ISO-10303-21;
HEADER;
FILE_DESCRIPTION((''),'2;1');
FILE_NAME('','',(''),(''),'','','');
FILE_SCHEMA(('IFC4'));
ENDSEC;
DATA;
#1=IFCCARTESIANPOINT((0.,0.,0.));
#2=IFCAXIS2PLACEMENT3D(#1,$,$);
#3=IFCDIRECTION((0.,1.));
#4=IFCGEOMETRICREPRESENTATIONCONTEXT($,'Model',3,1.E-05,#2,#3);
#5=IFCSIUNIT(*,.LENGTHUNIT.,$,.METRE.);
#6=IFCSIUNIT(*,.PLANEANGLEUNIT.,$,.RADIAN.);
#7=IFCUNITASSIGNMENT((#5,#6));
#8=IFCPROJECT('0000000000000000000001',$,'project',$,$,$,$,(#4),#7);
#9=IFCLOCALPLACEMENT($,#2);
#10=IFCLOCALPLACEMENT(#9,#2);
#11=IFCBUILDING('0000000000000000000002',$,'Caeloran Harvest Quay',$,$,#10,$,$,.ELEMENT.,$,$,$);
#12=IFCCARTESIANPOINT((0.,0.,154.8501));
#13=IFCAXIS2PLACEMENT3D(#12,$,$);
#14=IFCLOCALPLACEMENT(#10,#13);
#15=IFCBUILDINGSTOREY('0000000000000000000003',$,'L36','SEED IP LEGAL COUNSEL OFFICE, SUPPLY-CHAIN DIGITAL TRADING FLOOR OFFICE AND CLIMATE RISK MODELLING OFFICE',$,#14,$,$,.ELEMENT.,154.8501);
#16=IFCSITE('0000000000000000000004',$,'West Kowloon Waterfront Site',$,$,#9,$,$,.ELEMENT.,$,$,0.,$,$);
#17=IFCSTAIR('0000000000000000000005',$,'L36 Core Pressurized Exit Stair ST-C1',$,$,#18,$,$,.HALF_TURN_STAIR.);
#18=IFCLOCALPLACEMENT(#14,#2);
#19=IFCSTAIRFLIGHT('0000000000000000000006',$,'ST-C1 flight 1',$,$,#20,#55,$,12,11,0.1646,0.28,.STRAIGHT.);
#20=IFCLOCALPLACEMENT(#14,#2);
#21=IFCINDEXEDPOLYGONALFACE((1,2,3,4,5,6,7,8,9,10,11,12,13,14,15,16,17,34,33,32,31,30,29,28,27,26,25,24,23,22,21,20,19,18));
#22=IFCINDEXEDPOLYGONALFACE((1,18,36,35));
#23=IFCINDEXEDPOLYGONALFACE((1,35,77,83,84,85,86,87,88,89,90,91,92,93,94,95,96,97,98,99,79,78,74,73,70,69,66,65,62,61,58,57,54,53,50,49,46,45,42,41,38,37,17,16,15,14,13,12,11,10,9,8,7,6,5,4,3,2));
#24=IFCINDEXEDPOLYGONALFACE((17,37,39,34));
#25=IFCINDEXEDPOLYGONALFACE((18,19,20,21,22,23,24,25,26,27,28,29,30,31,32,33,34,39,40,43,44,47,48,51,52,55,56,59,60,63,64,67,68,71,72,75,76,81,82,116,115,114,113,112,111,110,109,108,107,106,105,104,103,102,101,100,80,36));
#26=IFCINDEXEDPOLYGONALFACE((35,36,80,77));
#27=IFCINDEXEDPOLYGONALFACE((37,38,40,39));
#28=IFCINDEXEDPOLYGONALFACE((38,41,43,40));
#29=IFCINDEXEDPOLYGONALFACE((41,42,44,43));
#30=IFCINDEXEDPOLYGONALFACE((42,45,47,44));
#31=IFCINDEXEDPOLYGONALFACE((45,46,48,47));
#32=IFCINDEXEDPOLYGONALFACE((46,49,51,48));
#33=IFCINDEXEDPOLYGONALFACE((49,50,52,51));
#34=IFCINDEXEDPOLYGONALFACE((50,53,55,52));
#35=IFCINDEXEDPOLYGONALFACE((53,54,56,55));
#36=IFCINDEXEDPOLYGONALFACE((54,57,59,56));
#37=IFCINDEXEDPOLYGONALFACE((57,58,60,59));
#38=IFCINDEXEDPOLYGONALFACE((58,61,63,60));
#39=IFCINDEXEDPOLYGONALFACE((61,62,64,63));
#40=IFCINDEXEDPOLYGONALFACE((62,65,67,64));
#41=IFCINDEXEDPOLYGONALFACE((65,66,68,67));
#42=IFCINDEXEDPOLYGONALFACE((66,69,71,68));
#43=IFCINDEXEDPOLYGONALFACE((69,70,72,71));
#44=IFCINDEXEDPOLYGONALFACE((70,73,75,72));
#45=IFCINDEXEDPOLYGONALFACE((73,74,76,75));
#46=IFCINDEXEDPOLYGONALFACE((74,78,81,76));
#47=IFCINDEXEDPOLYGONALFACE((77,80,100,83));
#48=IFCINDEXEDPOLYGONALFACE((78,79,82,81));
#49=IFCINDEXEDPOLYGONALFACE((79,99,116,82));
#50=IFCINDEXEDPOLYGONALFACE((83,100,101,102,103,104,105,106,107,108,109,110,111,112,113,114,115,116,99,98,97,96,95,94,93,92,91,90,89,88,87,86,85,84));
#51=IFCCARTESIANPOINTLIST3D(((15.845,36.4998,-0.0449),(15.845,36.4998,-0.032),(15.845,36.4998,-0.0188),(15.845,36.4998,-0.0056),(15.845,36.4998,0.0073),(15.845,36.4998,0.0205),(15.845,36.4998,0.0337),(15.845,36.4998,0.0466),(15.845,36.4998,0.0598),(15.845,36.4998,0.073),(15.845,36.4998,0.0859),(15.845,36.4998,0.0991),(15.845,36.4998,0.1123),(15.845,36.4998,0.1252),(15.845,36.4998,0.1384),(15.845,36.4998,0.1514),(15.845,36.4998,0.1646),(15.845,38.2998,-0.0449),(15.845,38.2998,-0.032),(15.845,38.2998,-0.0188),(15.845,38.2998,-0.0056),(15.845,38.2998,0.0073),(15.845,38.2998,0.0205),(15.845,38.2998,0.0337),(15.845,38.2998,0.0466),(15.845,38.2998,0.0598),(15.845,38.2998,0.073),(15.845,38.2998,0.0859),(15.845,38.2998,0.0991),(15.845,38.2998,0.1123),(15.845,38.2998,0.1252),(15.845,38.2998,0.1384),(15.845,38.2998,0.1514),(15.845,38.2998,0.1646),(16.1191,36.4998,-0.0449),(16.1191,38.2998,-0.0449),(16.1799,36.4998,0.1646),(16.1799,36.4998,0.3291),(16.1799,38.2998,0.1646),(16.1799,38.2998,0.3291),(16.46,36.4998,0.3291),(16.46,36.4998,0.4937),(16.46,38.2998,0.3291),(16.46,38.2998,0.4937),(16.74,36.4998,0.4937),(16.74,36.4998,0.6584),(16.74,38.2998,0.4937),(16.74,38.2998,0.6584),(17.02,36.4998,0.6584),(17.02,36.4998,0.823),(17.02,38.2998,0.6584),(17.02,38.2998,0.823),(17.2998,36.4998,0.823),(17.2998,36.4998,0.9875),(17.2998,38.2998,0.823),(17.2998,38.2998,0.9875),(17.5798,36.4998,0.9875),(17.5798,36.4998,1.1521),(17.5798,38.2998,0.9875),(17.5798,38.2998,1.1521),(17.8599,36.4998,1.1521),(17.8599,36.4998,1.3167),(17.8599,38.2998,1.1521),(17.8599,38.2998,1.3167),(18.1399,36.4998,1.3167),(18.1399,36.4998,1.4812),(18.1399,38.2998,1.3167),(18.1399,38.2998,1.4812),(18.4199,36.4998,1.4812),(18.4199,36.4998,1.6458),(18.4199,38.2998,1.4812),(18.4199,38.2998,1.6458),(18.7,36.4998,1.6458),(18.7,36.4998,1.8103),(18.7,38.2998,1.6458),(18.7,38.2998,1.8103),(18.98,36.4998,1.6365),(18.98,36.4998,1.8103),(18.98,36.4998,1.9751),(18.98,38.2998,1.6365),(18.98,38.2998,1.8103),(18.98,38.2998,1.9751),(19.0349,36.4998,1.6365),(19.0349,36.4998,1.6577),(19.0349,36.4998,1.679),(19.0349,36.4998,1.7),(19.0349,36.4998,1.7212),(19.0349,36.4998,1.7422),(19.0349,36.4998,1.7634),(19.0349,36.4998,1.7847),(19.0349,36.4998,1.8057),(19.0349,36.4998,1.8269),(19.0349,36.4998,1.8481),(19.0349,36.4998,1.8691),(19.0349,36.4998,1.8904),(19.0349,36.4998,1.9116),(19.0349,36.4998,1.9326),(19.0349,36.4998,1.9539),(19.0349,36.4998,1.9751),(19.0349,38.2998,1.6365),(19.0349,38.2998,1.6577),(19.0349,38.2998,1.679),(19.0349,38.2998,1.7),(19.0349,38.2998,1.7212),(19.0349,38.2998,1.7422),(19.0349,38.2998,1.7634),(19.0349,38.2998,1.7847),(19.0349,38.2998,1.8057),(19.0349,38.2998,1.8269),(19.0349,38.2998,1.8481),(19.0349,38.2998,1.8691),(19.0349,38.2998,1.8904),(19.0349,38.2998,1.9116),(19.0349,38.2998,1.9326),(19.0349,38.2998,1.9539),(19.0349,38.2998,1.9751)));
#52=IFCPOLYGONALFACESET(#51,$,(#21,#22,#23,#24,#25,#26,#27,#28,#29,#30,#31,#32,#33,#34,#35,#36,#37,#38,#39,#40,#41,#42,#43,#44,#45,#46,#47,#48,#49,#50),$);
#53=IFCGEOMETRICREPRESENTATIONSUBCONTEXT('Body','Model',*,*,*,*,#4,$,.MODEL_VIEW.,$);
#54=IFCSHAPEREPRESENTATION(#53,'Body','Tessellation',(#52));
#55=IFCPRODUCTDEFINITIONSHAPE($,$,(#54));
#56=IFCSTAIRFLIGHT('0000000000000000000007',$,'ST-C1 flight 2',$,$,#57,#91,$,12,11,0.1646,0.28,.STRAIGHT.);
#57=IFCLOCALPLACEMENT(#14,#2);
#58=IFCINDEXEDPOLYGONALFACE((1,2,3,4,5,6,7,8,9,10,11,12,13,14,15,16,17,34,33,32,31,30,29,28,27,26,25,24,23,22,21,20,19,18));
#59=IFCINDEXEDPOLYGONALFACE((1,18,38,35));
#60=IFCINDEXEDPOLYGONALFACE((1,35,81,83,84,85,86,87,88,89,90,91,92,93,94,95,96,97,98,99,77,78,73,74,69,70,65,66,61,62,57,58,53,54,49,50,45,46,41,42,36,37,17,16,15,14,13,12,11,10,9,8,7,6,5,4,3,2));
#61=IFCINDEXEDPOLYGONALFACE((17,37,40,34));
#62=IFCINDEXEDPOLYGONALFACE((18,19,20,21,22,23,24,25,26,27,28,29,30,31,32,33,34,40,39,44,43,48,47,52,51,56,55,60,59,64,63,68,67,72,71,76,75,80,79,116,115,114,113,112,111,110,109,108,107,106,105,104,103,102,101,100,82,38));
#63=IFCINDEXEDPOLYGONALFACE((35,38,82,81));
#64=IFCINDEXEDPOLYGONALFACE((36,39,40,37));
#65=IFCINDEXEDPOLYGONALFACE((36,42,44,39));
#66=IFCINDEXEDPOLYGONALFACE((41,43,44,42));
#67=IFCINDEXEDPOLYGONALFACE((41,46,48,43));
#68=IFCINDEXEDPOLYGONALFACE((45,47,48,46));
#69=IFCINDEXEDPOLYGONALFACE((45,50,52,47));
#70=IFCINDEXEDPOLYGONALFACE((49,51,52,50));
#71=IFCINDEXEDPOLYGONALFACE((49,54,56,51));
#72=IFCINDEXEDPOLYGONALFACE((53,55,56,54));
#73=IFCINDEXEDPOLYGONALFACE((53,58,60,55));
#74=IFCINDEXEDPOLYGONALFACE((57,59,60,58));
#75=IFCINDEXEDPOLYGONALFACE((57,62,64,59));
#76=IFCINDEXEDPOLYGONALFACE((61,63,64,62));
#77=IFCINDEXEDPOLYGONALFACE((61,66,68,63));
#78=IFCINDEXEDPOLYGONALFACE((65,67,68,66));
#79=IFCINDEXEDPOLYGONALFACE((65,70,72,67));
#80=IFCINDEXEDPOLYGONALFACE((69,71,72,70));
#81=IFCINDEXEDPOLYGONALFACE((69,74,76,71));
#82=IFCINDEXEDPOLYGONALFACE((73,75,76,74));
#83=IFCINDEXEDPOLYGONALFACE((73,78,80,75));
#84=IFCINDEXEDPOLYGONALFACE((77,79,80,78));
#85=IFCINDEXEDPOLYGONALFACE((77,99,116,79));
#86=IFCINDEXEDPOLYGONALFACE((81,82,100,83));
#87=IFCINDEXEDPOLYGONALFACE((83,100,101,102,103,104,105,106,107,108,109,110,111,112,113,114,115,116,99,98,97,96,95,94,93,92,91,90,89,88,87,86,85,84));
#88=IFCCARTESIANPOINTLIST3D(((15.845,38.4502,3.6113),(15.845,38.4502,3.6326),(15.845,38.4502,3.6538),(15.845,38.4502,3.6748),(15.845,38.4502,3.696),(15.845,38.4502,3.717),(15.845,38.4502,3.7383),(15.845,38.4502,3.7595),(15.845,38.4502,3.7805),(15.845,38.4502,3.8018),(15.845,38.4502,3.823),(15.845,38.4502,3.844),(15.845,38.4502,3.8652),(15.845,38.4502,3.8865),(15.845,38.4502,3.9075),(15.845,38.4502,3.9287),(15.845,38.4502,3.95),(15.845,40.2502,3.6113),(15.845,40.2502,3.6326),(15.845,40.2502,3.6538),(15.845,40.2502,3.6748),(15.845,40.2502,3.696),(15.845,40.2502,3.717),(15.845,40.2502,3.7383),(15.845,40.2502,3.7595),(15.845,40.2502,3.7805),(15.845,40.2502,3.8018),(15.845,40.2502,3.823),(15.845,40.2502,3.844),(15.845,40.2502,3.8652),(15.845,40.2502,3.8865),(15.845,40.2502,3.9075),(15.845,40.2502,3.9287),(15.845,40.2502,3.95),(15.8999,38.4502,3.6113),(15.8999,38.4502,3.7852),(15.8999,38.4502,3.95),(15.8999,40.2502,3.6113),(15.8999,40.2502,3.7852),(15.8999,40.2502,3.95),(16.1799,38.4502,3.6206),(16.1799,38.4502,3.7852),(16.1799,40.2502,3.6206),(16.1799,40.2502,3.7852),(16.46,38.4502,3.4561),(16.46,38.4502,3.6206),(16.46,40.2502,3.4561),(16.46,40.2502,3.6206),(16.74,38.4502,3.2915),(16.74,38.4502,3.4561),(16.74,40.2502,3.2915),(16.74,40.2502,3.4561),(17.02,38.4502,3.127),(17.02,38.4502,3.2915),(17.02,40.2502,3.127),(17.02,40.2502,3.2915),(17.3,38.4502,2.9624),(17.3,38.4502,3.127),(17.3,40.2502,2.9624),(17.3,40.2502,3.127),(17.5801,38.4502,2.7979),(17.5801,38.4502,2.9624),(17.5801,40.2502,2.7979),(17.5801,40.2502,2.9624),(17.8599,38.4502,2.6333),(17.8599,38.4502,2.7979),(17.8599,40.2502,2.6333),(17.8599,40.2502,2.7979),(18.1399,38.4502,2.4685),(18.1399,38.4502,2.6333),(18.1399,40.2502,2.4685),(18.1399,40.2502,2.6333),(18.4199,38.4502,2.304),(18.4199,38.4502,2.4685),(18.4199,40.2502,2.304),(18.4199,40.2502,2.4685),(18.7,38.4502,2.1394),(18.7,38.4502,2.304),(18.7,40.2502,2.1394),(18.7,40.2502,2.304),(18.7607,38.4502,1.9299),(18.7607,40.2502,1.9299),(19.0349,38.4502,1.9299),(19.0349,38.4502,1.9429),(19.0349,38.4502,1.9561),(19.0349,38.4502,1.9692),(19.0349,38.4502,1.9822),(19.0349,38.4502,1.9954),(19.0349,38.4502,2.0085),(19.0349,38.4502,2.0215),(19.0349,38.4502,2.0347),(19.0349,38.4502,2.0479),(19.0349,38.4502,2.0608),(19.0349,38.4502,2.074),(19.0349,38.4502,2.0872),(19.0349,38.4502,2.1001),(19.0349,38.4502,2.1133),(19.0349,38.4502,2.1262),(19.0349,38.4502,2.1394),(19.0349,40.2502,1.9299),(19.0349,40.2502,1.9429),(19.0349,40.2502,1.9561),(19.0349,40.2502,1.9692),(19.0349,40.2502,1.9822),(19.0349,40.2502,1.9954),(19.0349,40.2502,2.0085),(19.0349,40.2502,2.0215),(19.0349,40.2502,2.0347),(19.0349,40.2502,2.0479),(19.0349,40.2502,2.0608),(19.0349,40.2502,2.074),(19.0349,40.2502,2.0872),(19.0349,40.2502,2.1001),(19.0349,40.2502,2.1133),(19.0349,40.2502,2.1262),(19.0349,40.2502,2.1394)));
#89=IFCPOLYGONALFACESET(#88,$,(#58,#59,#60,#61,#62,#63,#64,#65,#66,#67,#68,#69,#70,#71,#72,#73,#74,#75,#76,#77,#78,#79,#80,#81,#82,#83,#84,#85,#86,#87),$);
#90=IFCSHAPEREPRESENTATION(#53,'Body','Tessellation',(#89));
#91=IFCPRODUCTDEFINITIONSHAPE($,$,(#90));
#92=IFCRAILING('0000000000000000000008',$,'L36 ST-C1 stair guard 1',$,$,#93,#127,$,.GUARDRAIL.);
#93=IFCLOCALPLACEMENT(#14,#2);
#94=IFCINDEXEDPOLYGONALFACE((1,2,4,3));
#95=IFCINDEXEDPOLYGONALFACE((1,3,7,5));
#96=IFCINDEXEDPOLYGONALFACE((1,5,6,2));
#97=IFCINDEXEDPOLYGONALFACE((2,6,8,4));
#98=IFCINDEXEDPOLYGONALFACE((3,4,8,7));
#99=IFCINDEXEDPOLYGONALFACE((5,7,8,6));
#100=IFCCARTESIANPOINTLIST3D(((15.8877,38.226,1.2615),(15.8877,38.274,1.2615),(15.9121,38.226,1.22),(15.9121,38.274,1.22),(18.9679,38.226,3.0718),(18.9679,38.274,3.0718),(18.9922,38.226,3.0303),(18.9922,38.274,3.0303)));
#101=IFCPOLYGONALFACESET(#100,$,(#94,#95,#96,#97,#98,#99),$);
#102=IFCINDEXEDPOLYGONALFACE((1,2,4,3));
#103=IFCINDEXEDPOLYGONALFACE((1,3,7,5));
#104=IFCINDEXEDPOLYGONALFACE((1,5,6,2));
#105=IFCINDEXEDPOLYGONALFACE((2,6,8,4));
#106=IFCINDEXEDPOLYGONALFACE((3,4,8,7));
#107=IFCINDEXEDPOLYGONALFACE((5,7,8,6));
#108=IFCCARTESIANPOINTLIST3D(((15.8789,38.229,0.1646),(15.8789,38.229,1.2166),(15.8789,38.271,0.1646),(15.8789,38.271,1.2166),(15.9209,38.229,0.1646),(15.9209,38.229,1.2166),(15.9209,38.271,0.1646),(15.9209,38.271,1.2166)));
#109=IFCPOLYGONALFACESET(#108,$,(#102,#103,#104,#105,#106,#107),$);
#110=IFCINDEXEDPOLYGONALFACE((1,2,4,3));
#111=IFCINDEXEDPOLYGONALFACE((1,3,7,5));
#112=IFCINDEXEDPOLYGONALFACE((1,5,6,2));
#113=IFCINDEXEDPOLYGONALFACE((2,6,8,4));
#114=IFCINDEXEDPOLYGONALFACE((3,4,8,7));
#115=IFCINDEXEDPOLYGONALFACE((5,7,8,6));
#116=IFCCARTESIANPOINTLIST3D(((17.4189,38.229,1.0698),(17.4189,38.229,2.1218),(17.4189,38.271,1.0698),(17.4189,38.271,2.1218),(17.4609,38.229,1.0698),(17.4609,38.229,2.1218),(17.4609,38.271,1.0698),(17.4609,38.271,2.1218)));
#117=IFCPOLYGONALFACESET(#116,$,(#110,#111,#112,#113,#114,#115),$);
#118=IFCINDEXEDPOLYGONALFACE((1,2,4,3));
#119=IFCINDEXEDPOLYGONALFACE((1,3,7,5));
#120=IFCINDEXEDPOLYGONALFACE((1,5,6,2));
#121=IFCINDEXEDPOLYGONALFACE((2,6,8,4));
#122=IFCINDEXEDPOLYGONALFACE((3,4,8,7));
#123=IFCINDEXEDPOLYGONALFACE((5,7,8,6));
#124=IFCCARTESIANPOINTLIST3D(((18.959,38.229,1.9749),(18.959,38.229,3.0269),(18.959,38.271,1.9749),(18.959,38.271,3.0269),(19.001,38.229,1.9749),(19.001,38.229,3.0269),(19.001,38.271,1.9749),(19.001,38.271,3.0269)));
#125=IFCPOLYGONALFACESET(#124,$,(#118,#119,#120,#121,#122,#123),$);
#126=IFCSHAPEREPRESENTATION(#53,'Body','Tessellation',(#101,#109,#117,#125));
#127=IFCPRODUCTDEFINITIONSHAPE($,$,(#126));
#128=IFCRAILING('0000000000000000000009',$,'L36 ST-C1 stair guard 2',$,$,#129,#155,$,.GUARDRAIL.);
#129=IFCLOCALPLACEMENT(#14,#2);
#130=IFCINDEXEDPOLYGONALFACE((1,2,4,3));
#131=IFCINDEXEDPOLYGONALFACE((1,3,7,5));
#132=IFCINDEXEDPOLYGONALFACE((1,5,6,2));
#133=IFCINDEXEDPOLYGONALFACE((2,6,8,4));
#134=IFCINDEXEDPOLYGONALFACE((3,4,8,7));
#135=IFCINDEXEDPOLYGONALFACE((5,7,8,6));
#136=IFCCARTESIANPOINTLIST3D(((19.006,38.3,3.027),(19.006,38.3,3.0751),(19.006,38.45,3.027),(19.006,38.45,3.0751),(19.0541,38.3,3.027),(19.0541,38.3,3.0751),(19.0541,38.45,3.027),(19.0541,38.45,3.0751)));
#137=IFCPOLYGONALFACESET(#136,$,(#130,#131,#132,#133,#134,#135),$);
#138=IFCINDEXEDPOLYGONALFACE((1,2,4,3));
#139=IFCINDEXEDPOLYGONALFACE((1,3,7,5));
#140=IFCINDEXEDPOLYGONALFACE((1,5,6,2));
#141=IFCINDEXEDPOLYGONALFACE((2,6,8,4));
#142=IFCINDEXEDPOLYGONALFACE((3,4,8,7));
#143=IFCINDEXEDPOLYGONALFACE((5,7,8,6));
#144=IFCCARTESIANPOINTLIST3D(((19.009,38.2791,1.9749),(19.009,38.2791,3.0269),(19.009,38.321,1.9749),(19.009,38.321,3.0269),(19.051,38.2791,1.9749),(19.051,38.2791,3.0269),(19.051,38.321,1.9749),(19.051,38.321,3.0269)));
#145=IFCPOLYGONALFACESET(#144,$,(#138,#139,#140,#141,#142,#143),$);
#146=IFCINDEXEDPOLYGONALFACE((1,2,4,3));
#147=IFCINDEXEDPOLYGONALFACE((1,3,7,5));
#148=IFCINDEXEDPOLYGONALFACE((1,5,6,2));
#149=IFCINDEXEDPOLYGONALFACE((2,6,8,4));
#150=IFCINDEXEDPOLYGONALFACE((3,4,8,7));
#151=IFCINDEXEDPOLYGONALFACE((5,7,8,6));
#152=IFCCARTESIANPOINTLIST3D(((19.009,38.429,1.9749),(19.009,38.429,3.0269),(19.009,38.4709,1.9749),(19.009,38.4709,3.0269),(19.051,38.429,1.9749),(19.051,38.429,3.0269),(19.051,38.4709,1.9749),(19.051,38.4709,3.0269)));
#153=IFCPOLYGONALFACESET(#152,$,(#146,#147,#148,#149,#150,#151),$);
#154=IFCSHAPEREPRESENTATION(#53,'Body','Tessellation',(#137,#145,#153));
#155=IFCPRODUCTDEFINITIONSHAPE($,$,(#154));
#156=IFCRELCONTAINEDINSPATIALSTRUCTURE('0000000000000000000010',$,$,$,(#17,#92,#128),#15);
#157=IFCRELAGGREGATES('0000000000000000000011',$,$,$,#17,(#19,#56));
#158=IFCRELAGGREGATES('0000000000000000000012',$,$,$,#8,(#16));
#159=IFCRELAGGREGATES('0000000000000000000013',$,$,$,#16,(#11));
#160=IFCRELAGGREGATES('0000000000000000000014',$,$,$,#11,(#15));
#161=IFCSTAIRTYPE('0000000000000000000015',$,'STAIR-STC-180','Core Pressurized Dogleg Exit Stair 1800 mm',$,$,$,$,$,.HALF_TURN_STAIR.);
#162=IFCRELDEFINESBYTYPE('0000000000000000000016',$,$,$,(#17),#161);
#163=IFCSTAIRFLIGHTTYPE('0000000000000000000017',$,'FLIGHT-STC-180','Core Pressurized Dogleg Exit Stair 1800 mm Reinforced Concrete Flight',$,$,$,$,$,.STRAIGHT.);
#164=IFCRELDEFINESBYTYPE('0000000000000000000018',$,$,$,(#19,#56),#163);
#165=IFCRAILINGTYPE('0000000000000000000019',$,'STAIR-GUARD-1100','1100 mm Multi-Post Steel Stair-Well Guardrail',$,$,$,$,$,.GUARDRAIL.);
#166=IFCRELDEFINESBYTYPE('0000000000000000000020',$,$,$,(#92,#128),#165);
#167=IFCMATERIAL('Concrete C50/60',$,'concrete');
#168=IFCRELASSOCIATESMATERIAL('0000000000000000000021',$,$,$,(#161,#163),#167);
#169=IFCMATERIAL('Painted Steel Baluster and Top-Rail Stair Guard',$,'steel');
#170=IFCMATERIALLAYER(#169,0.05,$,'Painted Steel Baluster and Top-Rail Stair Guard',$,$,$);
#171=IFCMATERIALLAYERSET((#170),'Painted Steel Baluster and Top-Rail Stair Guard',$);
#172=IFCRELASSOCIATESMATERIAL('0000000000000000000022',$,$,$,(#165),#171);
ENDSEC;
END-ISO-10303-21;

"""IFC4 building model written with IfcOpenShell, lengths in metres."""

from ifc_helpers import new_model, si_unit, direction, frame, origin, origin_2d, place, context, subcontext, project, spatial, polyline, rectangle, outline, extrude, material, layer, layer_set, type_object, element, aggregate, save


model = new_model("IFC4")

# Units and contexts
model_context = context("Model", 3, precision=1e-05, world=origin(), true_north=direction((0.0, 1.0)))
body_context = subcontext(model_context, "Body", "Model", "MODEL_VIEW")
ifc_project = project(units=[si_unit("LENGTHUNIT", "METRE"), si_unit("PLANEANGLEUNIT", "RADIAN")], contexts=[model_context])

# Site, building, storey
site_placement = place(None, origin())
site = spatial("IfcSite", under=ifc_project, at=site_placement, Name="West Kowloon Waterfront Site", CompositionType="ELEMENT", RefElevation=0.0)
building_placement = place(site_placement, origin())
building = spatial("IfcBuilding", under=site, at=building_placement, Name="Caeloran Harvest Quay", CompositionType="ELEMENT")
storey_placement = place(building_placement, frame((0.0, 0.0, 154.8501)))
storey = spatial("IfcBuildingStorey", under=building, at=storey_placement, Name="L36", Description="SEED IP LEGAL COUNSEL OFFICE, SUPPLY-CHAIN DIGITAL TRADING FLOOR OFFICE AND CLIMATE RISK MODELLING OFFICE", CompositionType="ELEMENT", Elevation=154.8501)

# Shared definitions
ifc_material_1 = material(Name="Concrete C50/60", Category="concrete")

# Stair, stair flights
stair_type = type_object("IfcStairType", Name="STAIR-STC-180", Description="Core Pressurized Dogleg Exit Stair 1800 mm", PredefinedType="HALF_TURN_STAIR", material=ifc_material_1)
stair_placement = place(storey_placement, origin())
stair = element("IfcStair", 1, at=stair_placement, inside=storey, type_object=stair_type, Name="L36 Core Pressurized Exit Stair ST-C1", PredefinedType="HALF_TURN_STAIR")
stair_flight_type = type_object("IfcStairFlightType", Name="FLIGHT-STC-180", Description="Core Pressurized Dogleg Exit Stair 1800 mm Reinforced Concrete Flight", PredefinedType="STRAIGHT", material=ifc_material_1)
stair_flight_1_placement = place(storey_placement, frame((15.8999, 37.3999, 0.0), z_axis=(0.0, 0.0, 1.0), x_axis=(1.0, 0.0, 0.0)))
stair_flight_1 = element("IfcStairFlight", 2, at=stair_flight_1_placement, type_object=stair_flight_type, Name="ST-C1 flight 1", NumberOfRisers=12, NumberOfTreads=11, PredefinedType="STRAIGHT", RiserHeight=0.1646, TreadLength=0.28, context=body_context, shape_type="SweptSolid", body=[
    extrude(outline(polyline([(-0.0549, -0.0449), (-0.0549, -0.032), (-0.0549, -0.0188), (-0.0549, -0.0056), (-0.0549, 0.0073), (-0.0549, 0.0205), (-0.0549, 0.0337), (-0.0549, 0.0466), (-0.0549, 0.0598), (-0.0549, 0.073), (-0.0549, 0.0859), (-0.0549, 0.0991), (-0.0549, 0.1123), (-0.0549, 0.1252), (-0.0549, 0.1384), (-0.0549, 0.1514), (-0.0549, 0.1646), (0.28, 0.1646), (0.28, 0.3291), (0.5601, 0.3291), (0.5601, 0.4937), (0.8401, 0.4937), (0.8401, 0.6584), (1.1201, 0.6584), (1.1201, 0.823), (1.3999, 0.823), (1.3999, 0.9875), (1.6799, 0.9875), (1.6799, 1.1521), (1.96, 1.1521), (1.96, 1.3167), (2.24, 1.3167), (2.24, 1.4812), (2.52, 1.4812), (2.52, 1.6458), (2.8, 1.6458), (2.8, 1.8103), (3.0801, 1.8103), (3.0801, 1.9751), (3.135, 1.9751), (3.135, 1.9539), (3.135, 1.9326), (3.135, 1.9116), (3.135, 1.8904), (3.135, 1.8691), (3.135, 1.8481), (3.135, 1.8269), (3.135, 1.8057), (3.135, 1.7847), (3.135, 1.7634), (3.135, 1.7422), (3.135, 1.7212), (3.135, 1.7), (3.135, 1.679), (3.135, 1.6577), (3.135, 1.6365), (3.0801, 1.6365), (0.2192, -0.0449), (-0.0549, -0.0449)])), frame((0.0, 0.8999, 0.0), z_axis=(0.0, -1.0, 0.0), x_axis=(1.0, 0.0, 0.0)), (0.0, 0.0, 1.0), 1.8),
])
stair_flight_2_placement = place(storey_placement, frame((18.98, 39.3501, 1.9749), z_axis=(0.0, 0.0, 1.0), x_axis=(-1.0, 0.0, 0.0)))
stair_flight_2 = element("IfcStairFlight", 3, at=stair_flight_2_placement, type_object=stair_flight_type, Name="ST-C1 flight 2", NumberOfRisers=12, NumberOfTreads=11, PredefinedType="STRAIGHT", RiserHeight=0.1646, TreadLength=0.28, context=body_context, shape_type="SweptSolid", body=[
    extrude(outline(polyline([(-0.0549, -0.0449), (-0.0549, -0.032), (-0.0549, -0.0188), (-0.0549, -0.0056), (-0.0549, 0.0073), (-0.0549, 0.0205), (-0.0549, 0.0337), (-0.0549, 0.0466), (-0.0549, 0.0598), (-0.0549, 0.073), (-0.0549, 0.0859), (-0.0549, 0.0991), (-0.0549, 0.1123), (-0.0549, 0.1252), (-0.0549, 0.1384), (-0.0549, 0.1514), (-0.0549, 0.1646), (0.28, 0.1646), (0.28, 0.3291), (0.5601, 0.3291), (0.5601, 0.4937), (0.8401, 0.4937), (0.8401, 0.6584), (1.1201, 0.6584), (1.1201, 0.823), (1.3999, 0.823), (1.3999, 0.9875), (1.6799, 0.9875), (1.6799, 1.1521), (1.96, 1.1521), (1.96, 1.3167), (2.24, 1.3167), (2.24, 1.4812), (2.52, 1.4812), (2.52, 1.6458), (2.8, 1.6458), (2.8, 1.8103), (3.0801, 1.8103), (3.0801, 1.9751), (3.135, 1.9751), (3.135, 1.9539), (3.135, 1.9326), (3.135, 1.9116), (3.135, 1.8904), (3.135, 1.8691), (3.135, 1.8481), (3.135, 1.8269), (3.135, 1.8057), (3.135, 1.7847), (3.135, 1.7634), (3.135, 1.7422), (3.135, 1.7212), (3.135, 1.7), (3.135, 1.679), (3.135, 1.6577), (3.135, 1.6365), (3.0801, 1.6365), (0.2192, -0.0449), (-0.0549, -0.0449)])), frame((0.0, 0.8999, 0.0), z_axis=(0.0, -1.0, 0.0), x_axis=(1.0, 0.0, 0.0)), (0.0, 0.0, 1.0), 1.8),
])
aggregate(stair, [stair_flight_1, stair_flight_2])

# Railings
ifc_material_2 = material(Name="Painted Steel Baluster and Top-Rail Stair Guard", Category="steel")
ifc_layer_1 = layer(ifc_material_2, 0.05, Name="Painted Steel Baluster and Top-Rail Stair Guard")
ifc_layer_set_1 = layer_set([ifc_layer_1], Name="Painted Steel Baluster and Top-Rail Stair Guard")
railing_type_1 = type_object("IfcRailingType", Name="STAIR-GUARD-1100", Description="1100 mm Multi-Post Steel Stair-Well Guardrail", PredefinedType="GUARDRAIL", material=ifc_layer_set_1)
railing_1_placement = place(storey_placement, frame((15.8999, 38.25, 0.1646)))
element("IfcRailing", 4, at=railing_1_placement, inside=storey, type_object=railing_type_1, Name="L36 ST-C1 stair guard 1", PredefinedType="GUARDRAIL", context=body_context, shape_type="SweptSolid", body=[
    extrude(rectangle(XDim=0.0481, YDim=0.0481, at=origin_2d()), frame((0.0, 0.0, 1.0762), z_axis=(0.862119, 0.0, 0.506707), x_axis=(0.0, 1.0, 0.0)), (0.0, 0.0, 1.0), 3.5728),
    extrude(rectangle(XDim=0.042, YDim=0.042, at=origin_2d()), origin(), (0.0, 0.0, 1.0), 1.052),
    extrude(rectangle(XDim=0.042, YDim=0.042, at=origin_2d()), frame((1.54, 0.0, 0.9053)), (0.0, 0.0, 1.0), 1.052),
    extrude(rectangle(XDim=0.042, YDim=0.042, at=origin_2d()), frame((3.0801, 0.0, 1.8103)), (0.0, 0.0, 1.0), 1.052),
])
railing_2_placement = place(storey_placement, frame((19.03, 38.3, 1.9749)))
element("IfcRailing", 5, at=railing_2_placement, inside=storey, type_object=railing_type_1, Name="L36 ST-C1 stair guard 2", PredefinedType="GUARDRAIL", context=body_context, shape_type="SweptSolid", body=[
    extrude(rectangle(XDim=0.0481, YDim=0.0481, at=origin_2d()), frame((0.0, 0.0, 1.0762), z_axis=(0.0, 1.0, 0.0), x_axis=(-1.0, 0.0, 0.0)), (0.0, 0.0, 1.0), 0.1499),
    extrude(rectangle(XDim=0.042, YDim=0.042, at=origin_2d()), origin(), (0.0, 0.0, 1.0), 1.052),
    extrude(rectangle(XDim=0.042, YDim=0.042, at=origin_2d()), frame((0.0, 0.1499, 0.0)), (0.0, 0.0, 1.0), 1.052),
])

save(model, "model.ifc")
